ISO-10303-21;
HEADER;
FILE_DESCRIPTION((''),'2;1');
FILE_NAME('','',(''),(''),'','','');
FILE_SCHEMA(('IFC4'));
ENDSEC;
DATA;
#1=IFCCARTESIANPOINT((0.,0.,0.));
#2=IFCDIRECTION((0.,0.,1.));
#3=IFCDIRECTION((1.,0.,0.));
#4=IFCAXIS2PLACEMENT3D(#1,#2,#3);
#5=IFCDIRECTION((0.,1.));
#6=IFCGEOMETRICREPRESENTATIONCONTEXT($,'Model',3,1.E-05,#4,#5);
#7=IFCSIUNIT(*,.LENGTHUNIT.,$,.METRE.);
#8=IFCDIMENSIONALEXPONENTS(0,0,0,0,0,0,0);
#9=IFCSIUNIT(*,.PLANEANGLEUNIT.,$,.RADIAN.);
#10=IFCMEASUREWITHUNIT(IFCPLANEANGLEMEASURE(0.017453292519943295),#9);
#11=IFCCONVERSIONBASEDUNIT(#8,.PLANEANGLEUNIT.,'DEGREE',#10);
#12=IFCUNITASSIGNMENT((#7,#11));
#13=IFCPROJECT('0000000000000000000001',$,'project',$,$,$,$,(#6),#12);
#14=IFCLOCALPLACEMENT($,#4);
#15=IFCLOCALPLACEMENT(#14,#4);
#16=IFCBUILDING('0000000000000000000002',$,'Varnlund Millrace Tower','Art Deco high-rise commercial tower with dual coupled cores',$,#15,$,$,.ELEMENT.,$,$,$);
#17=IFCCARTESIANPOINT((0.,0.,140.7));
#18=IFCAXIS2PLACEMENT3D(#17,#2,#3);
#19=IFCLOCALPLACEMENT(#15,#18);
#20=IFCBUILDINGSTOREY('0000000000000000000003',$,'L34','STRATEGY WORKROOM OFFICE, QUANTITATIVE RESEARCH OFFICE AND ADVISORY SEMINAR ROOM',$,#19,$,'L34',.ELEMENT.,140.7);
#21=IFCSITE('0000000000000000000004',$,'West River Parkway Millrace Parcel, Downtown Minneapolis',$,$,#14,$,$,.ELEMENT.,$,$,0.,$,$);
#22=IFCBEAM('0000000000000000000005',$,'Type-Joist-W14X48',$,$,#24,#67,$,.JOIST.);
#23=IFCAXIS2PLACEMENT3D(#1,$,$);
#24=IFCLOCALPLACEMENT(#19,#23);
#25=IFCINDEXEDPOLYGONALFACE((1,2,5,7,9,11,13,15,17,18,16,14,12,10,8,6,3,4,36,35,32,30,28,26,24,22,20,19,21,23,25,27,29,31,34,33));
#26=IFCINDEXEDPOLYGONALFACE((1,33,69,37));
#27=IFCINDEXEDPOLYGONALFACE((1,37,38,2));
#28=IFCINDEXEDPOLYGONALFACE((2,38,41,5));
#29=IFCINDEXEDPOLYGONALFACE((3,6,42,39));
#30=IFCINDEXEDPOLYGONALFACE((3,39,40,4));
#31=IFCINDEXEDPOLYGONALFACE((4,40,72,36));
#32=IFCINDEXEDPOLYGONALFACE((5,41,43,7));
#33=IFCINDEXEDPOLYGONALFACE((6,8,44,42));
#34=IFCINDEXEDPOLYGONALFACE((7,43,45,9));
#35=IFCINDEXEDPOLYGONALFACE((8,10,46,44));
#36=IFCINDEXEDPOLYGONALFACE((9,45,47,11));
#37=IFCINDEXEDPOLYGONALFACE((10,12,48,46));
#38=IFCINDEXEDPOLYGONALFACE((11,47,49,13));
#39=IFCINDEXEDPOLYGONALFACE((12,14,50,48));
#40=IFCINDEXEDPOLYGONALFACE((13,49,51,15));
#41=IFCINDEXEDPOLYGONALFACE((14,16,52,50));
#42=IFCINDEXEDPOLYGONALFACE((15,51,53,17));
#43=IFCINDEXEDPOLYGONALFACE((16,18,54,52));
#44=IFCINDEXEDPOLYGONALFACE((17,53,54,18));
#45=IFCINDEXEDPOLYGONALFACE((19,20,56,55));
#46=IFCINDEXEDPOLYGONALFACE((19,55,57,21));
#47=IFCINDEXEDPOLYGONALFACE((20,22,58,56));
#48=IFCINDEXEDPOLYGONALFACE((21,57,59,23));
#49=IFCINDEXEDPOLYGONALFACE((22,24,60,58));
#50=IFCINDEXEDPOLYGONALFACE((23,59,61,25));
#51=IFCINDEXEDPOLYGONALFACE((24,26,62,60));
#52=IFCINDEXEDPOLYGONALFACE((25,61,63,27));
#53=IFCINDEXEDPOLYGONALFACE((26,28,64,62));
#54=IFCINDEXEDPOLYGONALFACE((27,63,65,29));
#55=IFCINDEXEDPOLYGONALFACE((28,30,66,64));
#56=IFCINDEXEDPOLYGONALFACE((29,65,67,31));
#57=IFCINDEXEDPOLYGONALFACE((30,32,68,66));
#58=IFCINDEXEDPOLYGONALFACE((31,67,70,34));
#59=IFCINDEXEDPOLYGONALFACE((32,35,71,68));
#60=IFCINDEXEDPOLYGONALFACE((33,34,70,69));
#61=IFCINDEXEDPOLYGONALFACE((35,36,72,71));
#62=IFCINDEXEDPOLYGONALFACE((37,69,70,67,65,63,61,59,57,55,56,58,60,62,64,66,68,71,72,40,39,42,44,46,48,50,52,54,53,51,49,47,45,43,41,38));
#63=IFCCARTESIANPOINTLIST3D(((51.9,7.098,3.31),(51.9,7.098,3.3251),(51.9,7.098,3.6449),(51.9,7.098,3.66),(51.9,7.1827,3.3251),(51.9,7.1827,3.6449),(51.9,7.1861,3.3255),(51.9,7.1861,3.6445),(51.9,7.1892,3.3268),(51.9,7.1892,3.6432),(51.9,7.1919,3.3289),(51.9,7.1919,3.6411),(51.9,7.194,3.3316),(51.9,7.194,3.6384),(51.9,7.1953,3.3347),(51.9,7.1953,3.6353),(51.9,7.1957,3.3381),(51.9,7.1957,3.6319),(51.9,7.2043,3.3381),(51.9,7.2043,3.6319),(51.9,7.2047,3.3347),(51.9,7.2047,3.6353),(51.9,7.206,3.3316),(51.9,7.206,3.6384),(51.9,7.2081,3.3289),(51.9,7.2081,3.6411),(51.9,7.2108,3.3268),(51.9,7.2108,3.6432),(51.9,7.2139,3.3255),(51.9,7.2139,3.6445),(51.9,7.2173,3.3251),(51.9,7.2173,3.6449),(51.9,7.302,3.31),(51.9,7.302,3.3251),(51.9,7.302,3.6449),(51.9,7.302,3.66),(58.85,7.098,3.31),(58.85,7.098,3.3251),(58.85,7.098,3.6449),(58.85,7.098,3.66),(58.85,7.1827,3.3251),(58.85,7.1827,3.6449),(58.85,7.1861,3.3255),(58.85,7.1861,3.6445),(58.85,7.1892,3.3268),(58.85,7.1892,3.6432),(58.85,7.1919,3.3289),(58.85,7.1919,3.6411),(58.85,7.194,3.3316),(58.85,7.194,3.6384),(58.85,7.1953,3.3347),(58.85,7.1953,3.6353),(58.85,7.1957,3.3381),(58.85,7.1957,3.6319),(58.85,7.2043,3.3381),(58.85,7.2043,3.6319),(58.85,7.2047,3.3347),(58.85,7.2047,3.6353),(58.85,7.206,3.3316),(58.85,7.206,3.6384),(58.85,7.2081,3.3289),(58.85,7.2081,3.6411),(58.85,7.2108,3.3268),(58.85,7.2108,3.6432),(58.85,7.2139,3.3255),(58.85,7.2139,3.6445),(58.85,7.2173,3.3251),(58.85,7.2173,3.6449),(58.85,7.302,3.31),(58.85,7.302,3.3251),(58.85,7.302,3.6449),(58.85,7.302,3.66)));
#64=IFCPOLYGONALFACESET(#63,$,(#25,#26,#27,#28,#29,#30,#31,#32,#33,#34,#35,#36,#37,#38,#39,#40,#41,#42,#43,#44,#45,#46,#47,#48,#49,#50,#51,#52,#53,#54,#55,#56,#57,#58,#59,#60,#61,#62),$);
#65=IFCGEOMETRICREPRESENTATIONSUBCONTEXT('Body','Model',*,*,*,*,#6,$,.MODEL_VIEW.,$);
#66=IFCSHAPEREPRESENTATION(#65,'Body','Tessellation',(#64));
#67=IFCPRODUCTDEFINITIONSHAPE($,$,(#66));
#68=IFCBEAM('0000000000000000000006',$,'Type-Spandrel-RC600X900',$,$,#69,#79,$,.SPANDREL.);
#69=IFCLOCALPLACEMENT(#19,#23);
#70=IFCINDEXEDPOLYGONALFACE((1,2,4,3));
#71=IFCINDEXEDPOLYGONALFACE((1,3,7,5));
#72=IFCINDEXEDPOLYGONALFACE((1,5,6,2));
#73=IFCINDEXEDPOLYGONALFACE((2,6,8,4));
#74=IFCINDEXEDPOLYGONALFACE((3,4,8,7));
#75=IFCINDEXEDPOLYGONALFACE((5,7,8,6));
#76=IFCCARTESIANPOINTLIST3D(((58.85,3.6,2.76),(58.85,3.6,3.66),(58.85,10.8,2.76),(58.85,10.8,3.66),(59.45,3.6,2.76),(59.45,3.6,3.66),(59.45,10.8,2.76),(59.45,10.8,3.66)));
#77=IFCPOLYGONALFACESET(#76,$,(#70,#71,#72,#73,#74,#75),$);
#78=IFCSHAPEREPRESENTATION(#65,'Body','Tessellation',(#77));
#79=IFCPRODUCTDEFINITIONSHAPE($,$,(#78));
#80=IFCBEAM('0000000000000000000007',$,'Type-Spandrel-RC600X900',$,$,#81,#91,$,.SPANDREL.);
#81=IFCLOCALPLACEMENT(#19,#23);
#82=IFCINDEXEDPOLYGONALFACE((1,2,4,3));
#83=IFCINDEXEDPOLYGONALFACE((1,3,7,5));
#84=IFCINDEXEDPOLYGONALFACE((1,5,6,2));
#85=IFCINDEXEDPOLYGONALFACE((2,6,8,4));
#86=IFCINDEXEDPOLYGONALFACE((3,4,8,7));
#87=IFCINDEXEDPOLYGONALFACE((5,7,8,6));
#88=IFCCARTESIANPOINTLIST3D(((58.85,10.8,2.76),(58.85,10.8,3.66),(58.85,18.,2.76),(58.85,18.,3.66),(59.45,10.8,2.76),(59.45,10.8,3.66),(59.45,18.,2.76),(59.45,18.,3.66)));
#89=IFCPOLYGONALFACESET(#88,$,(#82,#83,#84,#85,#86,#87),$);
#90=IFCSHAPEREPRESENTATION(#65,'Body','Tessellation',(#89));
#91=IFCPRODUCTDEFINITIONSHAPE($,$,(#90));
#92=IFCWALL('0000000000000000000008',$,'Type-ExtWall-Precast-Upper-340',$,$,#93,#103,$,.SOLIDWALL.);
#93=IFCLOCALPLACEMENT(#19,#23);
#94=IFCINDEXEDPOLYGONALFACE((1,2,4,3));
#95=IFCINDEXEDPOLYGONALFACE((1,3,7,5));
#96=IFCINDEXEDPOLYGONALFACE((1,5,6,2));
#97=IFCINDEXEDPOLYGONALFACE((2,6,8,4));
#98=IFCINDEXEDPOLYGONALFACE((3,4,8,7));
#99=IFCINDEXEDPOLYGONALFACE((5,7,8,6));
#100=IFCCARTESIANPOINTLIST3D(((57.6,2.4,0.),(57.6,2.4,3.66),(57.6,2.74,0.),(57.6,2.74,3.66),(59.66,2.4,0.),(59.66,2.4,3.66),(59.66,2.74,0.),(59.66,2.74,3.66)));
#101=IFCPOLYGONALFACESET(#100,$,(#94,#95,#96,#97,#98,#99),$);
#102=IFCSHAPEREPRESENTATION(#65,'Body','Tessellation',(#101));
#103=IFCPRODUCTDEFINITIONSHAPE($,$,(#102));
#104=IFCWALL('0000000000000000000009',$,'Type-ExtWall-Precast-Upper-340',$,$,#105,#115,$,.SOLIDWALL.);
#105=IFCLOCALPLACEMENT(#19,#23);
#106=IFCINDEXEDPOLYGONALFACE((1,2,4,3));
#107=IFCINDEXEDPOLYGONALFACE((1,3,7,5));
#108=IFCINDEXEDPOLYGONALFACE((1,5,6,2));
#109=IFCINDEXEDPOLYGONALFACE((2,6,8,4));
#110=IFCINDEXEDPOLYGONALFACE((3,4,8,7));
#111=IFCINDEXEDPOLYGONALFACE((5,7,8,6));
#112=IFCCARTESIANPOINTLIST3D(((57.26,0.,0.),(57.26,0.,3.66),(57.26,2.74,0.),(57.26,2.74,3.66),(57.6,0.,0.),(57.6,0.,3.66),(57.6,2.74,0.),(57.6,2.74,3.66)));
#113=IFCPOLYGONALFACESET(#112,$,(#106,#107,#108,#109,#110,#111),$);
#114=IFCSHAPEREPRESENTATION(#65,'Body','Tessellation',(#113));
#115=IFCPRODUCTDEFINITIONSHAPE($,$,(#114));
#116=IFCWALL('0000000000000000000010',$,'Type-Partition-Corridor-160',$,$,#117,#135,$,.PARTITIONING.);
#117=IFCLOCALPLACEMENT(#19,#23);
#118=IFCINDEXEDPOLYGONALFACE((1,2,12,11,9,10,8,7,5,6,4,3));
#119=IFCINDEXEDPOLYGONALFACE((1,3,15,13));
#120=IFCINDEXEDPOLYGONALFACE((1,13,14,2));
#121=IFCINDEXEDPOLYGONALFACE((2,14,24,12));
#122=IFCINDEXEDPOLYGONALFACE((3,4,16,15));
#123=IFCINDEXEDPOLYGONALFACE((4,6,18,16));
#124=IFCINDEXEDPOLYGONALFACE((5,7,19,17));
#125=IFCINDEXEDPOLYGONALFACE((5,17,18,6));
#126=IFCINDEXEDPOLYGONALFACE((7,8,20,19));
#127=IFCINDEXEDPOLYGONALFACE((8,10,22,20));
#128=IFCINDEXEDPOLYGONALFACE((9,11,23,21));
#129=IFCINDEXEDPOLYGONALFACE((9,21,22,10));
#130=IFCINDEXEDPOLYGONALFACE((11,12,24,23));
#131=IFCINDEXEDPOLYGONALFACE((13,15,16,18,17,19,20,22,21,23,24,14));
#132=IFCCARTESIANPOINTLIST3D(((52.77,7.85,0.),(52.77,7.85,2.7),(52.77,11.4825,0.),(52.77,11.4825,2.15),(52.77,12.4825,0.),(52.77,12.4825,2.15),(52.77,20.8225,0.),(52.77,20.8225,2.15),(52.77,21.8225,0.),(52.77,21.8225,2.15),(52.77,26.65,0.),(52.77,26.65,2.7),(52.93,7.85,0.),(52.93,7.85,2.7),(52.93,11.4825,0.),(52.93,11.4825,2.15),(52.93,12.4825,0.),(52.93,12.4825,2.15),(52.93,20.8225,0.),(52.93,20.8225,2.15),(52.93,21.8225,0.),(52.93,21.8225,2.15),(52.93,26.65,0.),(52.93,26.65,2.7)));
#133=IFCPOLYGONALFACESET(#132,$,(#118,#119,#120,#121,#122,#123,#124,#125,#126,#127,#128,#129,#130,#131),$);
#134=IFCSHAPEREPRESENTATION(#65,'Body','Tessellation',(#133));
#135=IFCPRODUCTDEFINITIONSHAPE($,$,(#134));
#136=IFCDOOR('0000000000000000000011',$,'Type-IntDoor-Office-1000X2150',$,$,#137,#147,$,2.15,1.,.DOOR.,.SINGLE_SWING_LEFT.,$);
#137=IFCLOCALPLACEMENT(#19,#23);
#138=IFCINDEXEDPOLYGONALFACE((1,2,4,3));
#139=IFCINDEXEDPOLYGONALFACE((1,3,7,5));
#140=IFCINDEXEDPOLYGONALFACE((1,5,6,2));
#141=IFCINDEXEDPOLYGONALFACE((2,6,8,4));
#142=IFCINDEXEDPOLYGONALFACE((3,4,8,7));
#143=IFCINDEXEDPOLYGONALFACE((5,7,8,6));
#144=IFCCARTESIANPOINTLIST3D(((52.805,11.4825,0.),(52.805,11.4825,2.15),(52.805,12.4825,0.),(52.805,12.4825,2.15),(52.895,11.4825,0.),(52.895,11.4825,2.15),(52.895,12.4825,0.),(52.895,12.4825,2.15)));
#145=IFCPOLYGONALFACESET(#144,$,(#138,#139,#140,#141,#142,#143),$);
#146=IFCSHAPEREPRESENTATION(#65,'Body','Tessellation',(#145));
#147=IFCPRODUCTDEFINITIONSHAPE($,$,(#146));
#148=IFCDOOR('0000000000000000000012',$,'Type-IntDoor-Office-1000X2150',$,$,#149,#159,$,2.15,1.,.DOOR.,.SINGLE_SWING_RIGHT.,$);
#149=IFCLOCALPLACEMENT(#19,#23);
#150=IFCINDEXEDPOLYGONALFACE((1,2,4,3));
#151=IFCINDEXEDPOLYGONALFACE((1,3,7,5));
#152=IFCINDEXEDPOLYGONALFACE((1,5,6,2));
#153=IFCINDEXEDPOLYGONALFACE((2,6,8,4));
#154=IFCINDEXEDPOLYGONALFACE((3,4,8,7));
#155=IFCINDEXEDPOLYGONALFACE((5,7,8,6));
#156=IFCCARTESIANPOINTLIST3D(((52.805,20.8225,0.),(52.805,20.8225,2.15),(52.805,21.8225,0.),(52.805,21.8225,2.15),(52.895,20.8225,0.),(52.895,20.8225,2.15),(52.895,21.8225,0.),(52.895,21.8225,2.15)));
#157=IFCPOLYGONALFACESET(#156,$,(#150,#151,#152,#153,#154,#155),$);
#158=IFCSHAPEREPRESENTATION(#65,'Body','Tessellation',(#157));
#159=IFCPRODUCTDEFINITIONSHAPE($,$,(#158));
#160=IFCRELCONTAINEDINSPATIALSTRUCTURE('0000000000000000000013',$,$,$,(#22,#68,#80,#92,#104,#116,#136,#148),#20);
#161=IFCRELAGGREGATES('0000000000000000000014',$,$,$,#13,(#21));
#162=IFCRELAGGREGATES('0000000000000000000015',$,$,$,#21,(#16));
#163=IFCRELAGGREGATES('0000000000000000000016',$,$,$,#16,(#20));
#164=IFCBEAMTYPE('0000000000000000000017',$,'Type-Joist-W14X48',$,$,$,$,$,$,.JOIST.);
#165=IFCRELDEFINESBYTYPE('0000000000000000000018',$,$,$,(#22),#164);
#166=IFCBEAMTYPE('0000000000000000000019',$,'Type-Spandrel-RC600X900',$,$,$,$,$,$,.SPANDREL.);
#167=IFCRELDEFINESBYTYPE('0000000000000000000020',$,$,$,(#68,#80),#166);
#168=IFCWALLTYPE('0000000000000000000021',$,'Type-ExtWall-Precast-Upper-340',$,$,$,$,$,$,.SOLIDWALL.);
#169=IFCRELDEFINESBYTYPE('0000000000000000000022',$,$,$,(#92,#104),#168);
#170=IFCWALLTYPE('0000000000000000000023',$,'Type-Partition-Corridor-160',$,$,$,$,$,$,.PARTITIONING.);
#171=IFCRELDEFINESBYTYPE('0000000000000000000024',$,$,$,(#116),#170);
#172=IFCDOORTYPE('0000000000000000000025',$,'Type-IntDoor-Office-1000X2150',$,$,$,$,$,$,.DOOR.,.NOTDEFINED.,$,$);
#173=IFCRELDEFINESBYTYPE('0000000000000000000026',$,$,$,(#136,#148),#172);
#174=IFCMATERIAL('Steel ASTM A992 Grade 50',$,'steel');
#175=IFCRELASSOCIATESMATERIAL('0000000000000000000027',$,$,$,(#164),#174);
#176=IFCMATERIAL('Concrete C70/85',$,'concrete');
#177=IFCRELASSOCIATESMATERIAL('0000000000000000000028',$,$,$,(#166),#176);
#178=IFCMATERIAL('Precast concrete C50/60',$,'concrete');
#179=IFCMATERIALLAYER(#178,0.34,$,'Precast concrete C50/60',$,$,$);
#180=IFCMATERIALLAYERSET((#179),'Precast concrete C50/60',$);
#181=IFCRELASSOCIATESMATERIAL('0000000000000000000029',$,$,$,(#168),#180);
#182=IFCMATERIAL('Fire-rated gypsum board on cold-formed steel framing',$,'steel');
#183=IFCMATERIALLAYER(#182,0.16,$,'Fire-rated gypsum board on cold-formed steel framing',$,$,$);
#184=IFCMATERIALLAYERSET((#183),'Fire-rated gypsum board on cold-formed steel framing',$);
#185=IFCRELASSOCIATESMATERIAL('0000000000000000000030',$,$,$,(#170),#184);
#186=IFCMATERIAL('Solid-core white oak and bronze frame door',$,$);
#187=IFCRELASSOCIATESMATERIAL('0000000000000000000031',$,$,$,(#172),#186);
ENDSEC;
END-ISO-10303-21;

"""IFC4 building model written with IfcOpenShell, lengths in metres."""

from ifc_helpers import new_model, entity, si_unit, converted_unit, direction, frame, origin_with_axes, origin_2d_with_axis, place, context, subcontext, project, spatial, polyline, rectangle, i_section, outline, extrude, material, layer, layer_set, material_profile, profile_set, type_object, element, fill, save


model = new_model("IFC4")

# Units and contexts
model_context = context("Model", 3, precision=1e-05, world=origin_with_axes(), true_north=direction((0.0, 1.0)))
body_context = subcontext(model_context, "Body", "Model", "MODEL_VIEW")
ifc_project = project(units=[si_unit("LENGTHUNIT", "METRE"), converted_unit("PLANEANGLEUNIT", "DEGREE", entity("IfcPlaneAngleMeasure", 0.017453292519943295), si_unit("PLANEANGLEUNIT", "RADIAN"), dimensions=[0, 0, 0, 0, 0, 0, 0])], contexts=[model_context])

# Site, building, storey
site_placement = place(None, origin_with_axes())
site = spatial("IfcSite", under=ifc_project, at=site_placement, Name="West River Parkway Millrace Parcel, Downtown Minneapolis", CompositionType="ELEMENT", RefElevation=0.0)
building_placement = place(site_placement, origin_with_axes())
building = spatial("IfcBuilding", under=site, at=building_placement, Name="Varnlund Millrace Tower", Description="Art Deco high-rise commercial tower with dual coupled cores", CompositionType="ELEMENT")
storey_placement = place(building_placement, frame((0.0, 0.0, 140.7), z_axis=(0.0, 0.0, 1.0), x_axis=(1.0, 0.0, 0.0)))
storey = spatial("IfcBuildingStorey", under=building, at=storey_placement, Name="L34", Description="STRATEGY WORKROOM OFFICE, QUANTITATIVE RESEARCH OFFICE AND ADVISORY SEMINAR ROOM", LongName="L34", CompositionType="ELEMENT", Elevation=140.7)

# Beams
ifc_material_1 = material(Name="Steel ASTM A992 Grade 50", Category="steel")
ifc_material_profile_1 = material_profile(ifc_material_1, i_section(OverallWidth=0.204, OverallDepth=0.35, WebThickness=0.0086, FlangeThickness=0.0151, FilletRadius=0.013, at=origin_2d_with_axis()), Name="Steel ASTM A992 Grade 50")
ifc_profile_set_1 = profile_set([ifc_material_profile_1], Name="Steel ASTM A992 Grade 50")
beam_type_1 = type_object("IfcBeamType", Name="Type-Joist-W14X48", PredefinedType="JOIST", material=ifc_profile_set_1)
beam_placement = place(storey_placement, frame((51.9, 7.2, 3.485), z_axis=(1.0, 0.0, 0.0), x_axis=(0.0, 1.0, 0.0)))
element("IfcBeam", 1, at=beam_placement, inside=storey, type_object=beam_type_1, Name="Type-Joist-W14X48", PredefinedType="JOIST", context=body_context, shape_type="SweptSolid", body=[
    extrude(i_section(OverallWidth=0.204, OverallDepth=0.35, WebThickness=0.0086, FlangeThickness=0.0151, FilletRadius=0.013, at=origin_2d_with_axis()), origin_with_axes(), (0.0, 0.0, 1.0), 6.95),
])
ifc_material_2 = material(Name="Concrete C70/85", Category="concrete")
ifc_material_profile_2 = material_profile(ifc_material_2, rectangle(XDim=0.6, YDim=0.9, at=origin_2d_with_axis()), Name="Concrete C70/85")
ifc_profile_set_2 = profile_set([ifc_material_profile_2], Name="Concrete C70/85")
beam_type_2 = type_object("IfcBeamType", Name="Type-Spandrel-RC600X900", PredefinedType="SPANDREL", material=ifc_profile_set_2)
for number, where, z_axis, x_axis, name in (
    (2, (59.15, 3.6, 3.21), (0.0, 1.0, 0.0), (-1.0, 0.0, 0.0), "Type-Spandrel-RC600X900"),
    (3, (59.15, 10.8, 3.21), (0.0, 1.0, 0.0), (-1.0, 0.0, 0.0), "Type-Spandrel-RC600X900"),
):
    element("IfcBeam", number, at=place(storey_placement, frame(where, z_axis=z_axis, x_axis=x_axis)), inside=storey, type_object=beam_type_2, Name=name, PredefinedType="SPANDREL", context=body_context, shape_type="SweptSolid", body=[
        extrude(rectangle(XDim=0.6, YDim=0.9, at=origin_2d_with_axis()), origin_with_axes(), (0.0, 0.0, 1.0), 7.2),
    ])

# Walls
ifc_material_3 = material(Name="Precast concrete C50/60", Category="concrete")
ifc_layer_1 = layer(ifc_material_3, 0.34, Name="Precast concrete C50/60")
ifc_layer_set_1 = layer_set([ifc_layer_1], Name="Precast concrete C50/60")
wall_type_1 = type_object("IfcWallType", Name="Type-ExtWall-Precast-Upper-340", PredefinedType="SOLIDWALL", material=ifc_layer_set_1)
wall_1_placement = place(storey_placement, frame((59.66, 2.57, 0.0), z_axis=(0.0, 0.0, 1.0), x_axis=(-1.0, 0.0, 0.0)))
element("IfcWall", 4, at=wall_1_placement, inside=storey, type_object=wall_type_1, Name="Type-ExtWall-Precast-Upper-340", PredefinedType="SOLIDWALL", context=body_context, shape_type="SweptSolid", body=[
    extrude(outline(polyline([(0.0, -0.17), (2.06, -0.17), (2.06, 0.17), (0.0, 0.17), (0.0, -0.17)])), origin_with_axes(), (0.0, 0.0, 1.0), 3.66),
])
wall_2_placement = place(storey_placement, frame((57.43, 2.74, 0.0), z_axis=(0.0, 0.0, 1.0), x_axis=(0.0, -1.0, 0.0)))
element("IfcWall", 5, at=wall_2_placement, inside=storey, type_object=wall_type_1, Name="Type-ExtWall-Precast-Upper-340", PredefinedType="SOLIDWALL", context=body_context, shape_type="SweptSolid", body=[
    extrude(outline(polyline([(0.0, -0.17), (2.74, -0.17), (2.74, 0.17), (0.0, 0.17), (0.0, -0.17)])), origin_with_axes(), (0.0, 0.0, 1.0), 3.66),
])

# Wall, openings, doors
ifc_material_4 = material(Name="Fire-rated gypsum board on cold-formed steel framing", Category="steel")
ifc_layer_2 = layer(ifc_material_4, 0.16, Name="Fire-rated gypsum board on cold-formed steel framing")
ifc_layer_set_2 = layer_set([ifc_layer_2], Name="Fire-rated gypsum board on cold-formed steel framing")
wall_type_2 = type_object("IfcWallType", Name="Type-Partition-Corridor-160", PredefinedType="PARTITIONING", material=ifc_layer_set_2)
wall_3_placement = place(storey_placement, frame((52.85, 7.85, 0.0), z_axis=(0.0, 0.0, 1.0), x_axis=(0.0, 1.0, 0.0)))
wall_3 = element("IfcWall", 6, at=wall_3_placement, inside=storey, type_object=wall_type_2, Name="Type-Partition-Corridor-160", PredefinedType="PARTITIONING", context=body_context, shape_type="SweptSolid", body=[
    extrude(outline(polyline([(0.0, -0.08), (18.8, -0.08), (18.8, 0.08), (0.0, 0.08), (0.0, -0.08)])), origin_with_axes(), (0.0, 0.0, 1.0), 2.7),
])
opening_1_placement = place(wall_3_placement, frame((4.1325, 0.0, 0.0), z_axis=(0.0, 0.0, 1.0), x_axis=(1.0, 0.0, 0.0)))
opening_1 = element("IfcOpeningElement", 7, at=opening_1_placement, cuts=wall_3, PredefinedType="OPENING", context=body_context, shape_type="SweptSolid", body=[
    extrude(rectangle(XDim=1.0, YDim=0.18, at=origin_2d_with_axis()), origin_with_axes(), (0.0, 0.0, 1.0), 2.15),
])
opening_2_placement = place(wall_3_placement, frame((13.4725, 0.0, 0.0), z_axis=(0.0, 0.0, 1.0), x_axis=(1.0, 0.0, 0.0)))
opening_2 = element("IfcOpeningElement", 8, at=opening_2_placement, cuts=wall_3, PredefinedType="OPENING", context=body_context, shape_type="SweptSolid", body=[
    extrude(rectangle(XDim=1.0, YDim=0.18, at=origin_2d_with_axis()), origin_with_axes(), (0.0, 0.0, 1.0), 2.15),
])
ifc_material_5 = material(Name="Solid-core white oak and bronze frame door")
door_type = type_object("IfcDoorType", Name="Type-IntDoor-Office-1000X2150", OperationType="NOTDEFINED", PredefinedType="DOOR", material=ifc_material_5)
door_1_placement = place(wall_3_placement, frame((4.1325, 0.0, 0.0), z_axis=(0.0, 0.0, 1.0), x_axis=(1.0, 0.0, 0.0)))
door_1 = element("IfcDoor", 9, at=door_1_placement, inside=storey, type_object=door_type, Name="Type-IntDoor-Office-1000X2150", OperationType="SINGLE_SWING_LEFT", OverallHeight=2.15, OverallWidth=1.0, PredefinedType="DOOR", context=body_context, shape_type="SweptSolid", body=[
    extrude(rectangle(XDim=1.0, YDim=0.09, at=origin_2d_with_axis()), origin_with_axes(), (0.0, 0.0, 1.0), 2.15),
])
fill(opening_1, door_1)
door_2_placement = place(wall_3_placement, frame((13.4725, 0.0, 0.0), z_axis=(0.0, 0.0, 1.0), x_axis=(1.0, 0.0, 0.0)))
door_2 = element("IfcDoor", 10, at=door_2_placement, inside=storey, type_object=door_type, Name="Type-IntDoor-Office-1000X2150", OperationType="SINGLE_SWING_RIGHT", OverallHeight=2.15, OverallWidth=1.0, PredefinedType="DOOR", context=body_context, shape_type="SweptSolid", body=[
    extrude(rectangle(XDim=1.0, YDim=0.09, at=origin_2d_with_axis()), origin_with_axes(), (0.0, 0.0, 1.0), 2.15),
])
fill(opening_2, door_2)

save(model, "model.ifc")
